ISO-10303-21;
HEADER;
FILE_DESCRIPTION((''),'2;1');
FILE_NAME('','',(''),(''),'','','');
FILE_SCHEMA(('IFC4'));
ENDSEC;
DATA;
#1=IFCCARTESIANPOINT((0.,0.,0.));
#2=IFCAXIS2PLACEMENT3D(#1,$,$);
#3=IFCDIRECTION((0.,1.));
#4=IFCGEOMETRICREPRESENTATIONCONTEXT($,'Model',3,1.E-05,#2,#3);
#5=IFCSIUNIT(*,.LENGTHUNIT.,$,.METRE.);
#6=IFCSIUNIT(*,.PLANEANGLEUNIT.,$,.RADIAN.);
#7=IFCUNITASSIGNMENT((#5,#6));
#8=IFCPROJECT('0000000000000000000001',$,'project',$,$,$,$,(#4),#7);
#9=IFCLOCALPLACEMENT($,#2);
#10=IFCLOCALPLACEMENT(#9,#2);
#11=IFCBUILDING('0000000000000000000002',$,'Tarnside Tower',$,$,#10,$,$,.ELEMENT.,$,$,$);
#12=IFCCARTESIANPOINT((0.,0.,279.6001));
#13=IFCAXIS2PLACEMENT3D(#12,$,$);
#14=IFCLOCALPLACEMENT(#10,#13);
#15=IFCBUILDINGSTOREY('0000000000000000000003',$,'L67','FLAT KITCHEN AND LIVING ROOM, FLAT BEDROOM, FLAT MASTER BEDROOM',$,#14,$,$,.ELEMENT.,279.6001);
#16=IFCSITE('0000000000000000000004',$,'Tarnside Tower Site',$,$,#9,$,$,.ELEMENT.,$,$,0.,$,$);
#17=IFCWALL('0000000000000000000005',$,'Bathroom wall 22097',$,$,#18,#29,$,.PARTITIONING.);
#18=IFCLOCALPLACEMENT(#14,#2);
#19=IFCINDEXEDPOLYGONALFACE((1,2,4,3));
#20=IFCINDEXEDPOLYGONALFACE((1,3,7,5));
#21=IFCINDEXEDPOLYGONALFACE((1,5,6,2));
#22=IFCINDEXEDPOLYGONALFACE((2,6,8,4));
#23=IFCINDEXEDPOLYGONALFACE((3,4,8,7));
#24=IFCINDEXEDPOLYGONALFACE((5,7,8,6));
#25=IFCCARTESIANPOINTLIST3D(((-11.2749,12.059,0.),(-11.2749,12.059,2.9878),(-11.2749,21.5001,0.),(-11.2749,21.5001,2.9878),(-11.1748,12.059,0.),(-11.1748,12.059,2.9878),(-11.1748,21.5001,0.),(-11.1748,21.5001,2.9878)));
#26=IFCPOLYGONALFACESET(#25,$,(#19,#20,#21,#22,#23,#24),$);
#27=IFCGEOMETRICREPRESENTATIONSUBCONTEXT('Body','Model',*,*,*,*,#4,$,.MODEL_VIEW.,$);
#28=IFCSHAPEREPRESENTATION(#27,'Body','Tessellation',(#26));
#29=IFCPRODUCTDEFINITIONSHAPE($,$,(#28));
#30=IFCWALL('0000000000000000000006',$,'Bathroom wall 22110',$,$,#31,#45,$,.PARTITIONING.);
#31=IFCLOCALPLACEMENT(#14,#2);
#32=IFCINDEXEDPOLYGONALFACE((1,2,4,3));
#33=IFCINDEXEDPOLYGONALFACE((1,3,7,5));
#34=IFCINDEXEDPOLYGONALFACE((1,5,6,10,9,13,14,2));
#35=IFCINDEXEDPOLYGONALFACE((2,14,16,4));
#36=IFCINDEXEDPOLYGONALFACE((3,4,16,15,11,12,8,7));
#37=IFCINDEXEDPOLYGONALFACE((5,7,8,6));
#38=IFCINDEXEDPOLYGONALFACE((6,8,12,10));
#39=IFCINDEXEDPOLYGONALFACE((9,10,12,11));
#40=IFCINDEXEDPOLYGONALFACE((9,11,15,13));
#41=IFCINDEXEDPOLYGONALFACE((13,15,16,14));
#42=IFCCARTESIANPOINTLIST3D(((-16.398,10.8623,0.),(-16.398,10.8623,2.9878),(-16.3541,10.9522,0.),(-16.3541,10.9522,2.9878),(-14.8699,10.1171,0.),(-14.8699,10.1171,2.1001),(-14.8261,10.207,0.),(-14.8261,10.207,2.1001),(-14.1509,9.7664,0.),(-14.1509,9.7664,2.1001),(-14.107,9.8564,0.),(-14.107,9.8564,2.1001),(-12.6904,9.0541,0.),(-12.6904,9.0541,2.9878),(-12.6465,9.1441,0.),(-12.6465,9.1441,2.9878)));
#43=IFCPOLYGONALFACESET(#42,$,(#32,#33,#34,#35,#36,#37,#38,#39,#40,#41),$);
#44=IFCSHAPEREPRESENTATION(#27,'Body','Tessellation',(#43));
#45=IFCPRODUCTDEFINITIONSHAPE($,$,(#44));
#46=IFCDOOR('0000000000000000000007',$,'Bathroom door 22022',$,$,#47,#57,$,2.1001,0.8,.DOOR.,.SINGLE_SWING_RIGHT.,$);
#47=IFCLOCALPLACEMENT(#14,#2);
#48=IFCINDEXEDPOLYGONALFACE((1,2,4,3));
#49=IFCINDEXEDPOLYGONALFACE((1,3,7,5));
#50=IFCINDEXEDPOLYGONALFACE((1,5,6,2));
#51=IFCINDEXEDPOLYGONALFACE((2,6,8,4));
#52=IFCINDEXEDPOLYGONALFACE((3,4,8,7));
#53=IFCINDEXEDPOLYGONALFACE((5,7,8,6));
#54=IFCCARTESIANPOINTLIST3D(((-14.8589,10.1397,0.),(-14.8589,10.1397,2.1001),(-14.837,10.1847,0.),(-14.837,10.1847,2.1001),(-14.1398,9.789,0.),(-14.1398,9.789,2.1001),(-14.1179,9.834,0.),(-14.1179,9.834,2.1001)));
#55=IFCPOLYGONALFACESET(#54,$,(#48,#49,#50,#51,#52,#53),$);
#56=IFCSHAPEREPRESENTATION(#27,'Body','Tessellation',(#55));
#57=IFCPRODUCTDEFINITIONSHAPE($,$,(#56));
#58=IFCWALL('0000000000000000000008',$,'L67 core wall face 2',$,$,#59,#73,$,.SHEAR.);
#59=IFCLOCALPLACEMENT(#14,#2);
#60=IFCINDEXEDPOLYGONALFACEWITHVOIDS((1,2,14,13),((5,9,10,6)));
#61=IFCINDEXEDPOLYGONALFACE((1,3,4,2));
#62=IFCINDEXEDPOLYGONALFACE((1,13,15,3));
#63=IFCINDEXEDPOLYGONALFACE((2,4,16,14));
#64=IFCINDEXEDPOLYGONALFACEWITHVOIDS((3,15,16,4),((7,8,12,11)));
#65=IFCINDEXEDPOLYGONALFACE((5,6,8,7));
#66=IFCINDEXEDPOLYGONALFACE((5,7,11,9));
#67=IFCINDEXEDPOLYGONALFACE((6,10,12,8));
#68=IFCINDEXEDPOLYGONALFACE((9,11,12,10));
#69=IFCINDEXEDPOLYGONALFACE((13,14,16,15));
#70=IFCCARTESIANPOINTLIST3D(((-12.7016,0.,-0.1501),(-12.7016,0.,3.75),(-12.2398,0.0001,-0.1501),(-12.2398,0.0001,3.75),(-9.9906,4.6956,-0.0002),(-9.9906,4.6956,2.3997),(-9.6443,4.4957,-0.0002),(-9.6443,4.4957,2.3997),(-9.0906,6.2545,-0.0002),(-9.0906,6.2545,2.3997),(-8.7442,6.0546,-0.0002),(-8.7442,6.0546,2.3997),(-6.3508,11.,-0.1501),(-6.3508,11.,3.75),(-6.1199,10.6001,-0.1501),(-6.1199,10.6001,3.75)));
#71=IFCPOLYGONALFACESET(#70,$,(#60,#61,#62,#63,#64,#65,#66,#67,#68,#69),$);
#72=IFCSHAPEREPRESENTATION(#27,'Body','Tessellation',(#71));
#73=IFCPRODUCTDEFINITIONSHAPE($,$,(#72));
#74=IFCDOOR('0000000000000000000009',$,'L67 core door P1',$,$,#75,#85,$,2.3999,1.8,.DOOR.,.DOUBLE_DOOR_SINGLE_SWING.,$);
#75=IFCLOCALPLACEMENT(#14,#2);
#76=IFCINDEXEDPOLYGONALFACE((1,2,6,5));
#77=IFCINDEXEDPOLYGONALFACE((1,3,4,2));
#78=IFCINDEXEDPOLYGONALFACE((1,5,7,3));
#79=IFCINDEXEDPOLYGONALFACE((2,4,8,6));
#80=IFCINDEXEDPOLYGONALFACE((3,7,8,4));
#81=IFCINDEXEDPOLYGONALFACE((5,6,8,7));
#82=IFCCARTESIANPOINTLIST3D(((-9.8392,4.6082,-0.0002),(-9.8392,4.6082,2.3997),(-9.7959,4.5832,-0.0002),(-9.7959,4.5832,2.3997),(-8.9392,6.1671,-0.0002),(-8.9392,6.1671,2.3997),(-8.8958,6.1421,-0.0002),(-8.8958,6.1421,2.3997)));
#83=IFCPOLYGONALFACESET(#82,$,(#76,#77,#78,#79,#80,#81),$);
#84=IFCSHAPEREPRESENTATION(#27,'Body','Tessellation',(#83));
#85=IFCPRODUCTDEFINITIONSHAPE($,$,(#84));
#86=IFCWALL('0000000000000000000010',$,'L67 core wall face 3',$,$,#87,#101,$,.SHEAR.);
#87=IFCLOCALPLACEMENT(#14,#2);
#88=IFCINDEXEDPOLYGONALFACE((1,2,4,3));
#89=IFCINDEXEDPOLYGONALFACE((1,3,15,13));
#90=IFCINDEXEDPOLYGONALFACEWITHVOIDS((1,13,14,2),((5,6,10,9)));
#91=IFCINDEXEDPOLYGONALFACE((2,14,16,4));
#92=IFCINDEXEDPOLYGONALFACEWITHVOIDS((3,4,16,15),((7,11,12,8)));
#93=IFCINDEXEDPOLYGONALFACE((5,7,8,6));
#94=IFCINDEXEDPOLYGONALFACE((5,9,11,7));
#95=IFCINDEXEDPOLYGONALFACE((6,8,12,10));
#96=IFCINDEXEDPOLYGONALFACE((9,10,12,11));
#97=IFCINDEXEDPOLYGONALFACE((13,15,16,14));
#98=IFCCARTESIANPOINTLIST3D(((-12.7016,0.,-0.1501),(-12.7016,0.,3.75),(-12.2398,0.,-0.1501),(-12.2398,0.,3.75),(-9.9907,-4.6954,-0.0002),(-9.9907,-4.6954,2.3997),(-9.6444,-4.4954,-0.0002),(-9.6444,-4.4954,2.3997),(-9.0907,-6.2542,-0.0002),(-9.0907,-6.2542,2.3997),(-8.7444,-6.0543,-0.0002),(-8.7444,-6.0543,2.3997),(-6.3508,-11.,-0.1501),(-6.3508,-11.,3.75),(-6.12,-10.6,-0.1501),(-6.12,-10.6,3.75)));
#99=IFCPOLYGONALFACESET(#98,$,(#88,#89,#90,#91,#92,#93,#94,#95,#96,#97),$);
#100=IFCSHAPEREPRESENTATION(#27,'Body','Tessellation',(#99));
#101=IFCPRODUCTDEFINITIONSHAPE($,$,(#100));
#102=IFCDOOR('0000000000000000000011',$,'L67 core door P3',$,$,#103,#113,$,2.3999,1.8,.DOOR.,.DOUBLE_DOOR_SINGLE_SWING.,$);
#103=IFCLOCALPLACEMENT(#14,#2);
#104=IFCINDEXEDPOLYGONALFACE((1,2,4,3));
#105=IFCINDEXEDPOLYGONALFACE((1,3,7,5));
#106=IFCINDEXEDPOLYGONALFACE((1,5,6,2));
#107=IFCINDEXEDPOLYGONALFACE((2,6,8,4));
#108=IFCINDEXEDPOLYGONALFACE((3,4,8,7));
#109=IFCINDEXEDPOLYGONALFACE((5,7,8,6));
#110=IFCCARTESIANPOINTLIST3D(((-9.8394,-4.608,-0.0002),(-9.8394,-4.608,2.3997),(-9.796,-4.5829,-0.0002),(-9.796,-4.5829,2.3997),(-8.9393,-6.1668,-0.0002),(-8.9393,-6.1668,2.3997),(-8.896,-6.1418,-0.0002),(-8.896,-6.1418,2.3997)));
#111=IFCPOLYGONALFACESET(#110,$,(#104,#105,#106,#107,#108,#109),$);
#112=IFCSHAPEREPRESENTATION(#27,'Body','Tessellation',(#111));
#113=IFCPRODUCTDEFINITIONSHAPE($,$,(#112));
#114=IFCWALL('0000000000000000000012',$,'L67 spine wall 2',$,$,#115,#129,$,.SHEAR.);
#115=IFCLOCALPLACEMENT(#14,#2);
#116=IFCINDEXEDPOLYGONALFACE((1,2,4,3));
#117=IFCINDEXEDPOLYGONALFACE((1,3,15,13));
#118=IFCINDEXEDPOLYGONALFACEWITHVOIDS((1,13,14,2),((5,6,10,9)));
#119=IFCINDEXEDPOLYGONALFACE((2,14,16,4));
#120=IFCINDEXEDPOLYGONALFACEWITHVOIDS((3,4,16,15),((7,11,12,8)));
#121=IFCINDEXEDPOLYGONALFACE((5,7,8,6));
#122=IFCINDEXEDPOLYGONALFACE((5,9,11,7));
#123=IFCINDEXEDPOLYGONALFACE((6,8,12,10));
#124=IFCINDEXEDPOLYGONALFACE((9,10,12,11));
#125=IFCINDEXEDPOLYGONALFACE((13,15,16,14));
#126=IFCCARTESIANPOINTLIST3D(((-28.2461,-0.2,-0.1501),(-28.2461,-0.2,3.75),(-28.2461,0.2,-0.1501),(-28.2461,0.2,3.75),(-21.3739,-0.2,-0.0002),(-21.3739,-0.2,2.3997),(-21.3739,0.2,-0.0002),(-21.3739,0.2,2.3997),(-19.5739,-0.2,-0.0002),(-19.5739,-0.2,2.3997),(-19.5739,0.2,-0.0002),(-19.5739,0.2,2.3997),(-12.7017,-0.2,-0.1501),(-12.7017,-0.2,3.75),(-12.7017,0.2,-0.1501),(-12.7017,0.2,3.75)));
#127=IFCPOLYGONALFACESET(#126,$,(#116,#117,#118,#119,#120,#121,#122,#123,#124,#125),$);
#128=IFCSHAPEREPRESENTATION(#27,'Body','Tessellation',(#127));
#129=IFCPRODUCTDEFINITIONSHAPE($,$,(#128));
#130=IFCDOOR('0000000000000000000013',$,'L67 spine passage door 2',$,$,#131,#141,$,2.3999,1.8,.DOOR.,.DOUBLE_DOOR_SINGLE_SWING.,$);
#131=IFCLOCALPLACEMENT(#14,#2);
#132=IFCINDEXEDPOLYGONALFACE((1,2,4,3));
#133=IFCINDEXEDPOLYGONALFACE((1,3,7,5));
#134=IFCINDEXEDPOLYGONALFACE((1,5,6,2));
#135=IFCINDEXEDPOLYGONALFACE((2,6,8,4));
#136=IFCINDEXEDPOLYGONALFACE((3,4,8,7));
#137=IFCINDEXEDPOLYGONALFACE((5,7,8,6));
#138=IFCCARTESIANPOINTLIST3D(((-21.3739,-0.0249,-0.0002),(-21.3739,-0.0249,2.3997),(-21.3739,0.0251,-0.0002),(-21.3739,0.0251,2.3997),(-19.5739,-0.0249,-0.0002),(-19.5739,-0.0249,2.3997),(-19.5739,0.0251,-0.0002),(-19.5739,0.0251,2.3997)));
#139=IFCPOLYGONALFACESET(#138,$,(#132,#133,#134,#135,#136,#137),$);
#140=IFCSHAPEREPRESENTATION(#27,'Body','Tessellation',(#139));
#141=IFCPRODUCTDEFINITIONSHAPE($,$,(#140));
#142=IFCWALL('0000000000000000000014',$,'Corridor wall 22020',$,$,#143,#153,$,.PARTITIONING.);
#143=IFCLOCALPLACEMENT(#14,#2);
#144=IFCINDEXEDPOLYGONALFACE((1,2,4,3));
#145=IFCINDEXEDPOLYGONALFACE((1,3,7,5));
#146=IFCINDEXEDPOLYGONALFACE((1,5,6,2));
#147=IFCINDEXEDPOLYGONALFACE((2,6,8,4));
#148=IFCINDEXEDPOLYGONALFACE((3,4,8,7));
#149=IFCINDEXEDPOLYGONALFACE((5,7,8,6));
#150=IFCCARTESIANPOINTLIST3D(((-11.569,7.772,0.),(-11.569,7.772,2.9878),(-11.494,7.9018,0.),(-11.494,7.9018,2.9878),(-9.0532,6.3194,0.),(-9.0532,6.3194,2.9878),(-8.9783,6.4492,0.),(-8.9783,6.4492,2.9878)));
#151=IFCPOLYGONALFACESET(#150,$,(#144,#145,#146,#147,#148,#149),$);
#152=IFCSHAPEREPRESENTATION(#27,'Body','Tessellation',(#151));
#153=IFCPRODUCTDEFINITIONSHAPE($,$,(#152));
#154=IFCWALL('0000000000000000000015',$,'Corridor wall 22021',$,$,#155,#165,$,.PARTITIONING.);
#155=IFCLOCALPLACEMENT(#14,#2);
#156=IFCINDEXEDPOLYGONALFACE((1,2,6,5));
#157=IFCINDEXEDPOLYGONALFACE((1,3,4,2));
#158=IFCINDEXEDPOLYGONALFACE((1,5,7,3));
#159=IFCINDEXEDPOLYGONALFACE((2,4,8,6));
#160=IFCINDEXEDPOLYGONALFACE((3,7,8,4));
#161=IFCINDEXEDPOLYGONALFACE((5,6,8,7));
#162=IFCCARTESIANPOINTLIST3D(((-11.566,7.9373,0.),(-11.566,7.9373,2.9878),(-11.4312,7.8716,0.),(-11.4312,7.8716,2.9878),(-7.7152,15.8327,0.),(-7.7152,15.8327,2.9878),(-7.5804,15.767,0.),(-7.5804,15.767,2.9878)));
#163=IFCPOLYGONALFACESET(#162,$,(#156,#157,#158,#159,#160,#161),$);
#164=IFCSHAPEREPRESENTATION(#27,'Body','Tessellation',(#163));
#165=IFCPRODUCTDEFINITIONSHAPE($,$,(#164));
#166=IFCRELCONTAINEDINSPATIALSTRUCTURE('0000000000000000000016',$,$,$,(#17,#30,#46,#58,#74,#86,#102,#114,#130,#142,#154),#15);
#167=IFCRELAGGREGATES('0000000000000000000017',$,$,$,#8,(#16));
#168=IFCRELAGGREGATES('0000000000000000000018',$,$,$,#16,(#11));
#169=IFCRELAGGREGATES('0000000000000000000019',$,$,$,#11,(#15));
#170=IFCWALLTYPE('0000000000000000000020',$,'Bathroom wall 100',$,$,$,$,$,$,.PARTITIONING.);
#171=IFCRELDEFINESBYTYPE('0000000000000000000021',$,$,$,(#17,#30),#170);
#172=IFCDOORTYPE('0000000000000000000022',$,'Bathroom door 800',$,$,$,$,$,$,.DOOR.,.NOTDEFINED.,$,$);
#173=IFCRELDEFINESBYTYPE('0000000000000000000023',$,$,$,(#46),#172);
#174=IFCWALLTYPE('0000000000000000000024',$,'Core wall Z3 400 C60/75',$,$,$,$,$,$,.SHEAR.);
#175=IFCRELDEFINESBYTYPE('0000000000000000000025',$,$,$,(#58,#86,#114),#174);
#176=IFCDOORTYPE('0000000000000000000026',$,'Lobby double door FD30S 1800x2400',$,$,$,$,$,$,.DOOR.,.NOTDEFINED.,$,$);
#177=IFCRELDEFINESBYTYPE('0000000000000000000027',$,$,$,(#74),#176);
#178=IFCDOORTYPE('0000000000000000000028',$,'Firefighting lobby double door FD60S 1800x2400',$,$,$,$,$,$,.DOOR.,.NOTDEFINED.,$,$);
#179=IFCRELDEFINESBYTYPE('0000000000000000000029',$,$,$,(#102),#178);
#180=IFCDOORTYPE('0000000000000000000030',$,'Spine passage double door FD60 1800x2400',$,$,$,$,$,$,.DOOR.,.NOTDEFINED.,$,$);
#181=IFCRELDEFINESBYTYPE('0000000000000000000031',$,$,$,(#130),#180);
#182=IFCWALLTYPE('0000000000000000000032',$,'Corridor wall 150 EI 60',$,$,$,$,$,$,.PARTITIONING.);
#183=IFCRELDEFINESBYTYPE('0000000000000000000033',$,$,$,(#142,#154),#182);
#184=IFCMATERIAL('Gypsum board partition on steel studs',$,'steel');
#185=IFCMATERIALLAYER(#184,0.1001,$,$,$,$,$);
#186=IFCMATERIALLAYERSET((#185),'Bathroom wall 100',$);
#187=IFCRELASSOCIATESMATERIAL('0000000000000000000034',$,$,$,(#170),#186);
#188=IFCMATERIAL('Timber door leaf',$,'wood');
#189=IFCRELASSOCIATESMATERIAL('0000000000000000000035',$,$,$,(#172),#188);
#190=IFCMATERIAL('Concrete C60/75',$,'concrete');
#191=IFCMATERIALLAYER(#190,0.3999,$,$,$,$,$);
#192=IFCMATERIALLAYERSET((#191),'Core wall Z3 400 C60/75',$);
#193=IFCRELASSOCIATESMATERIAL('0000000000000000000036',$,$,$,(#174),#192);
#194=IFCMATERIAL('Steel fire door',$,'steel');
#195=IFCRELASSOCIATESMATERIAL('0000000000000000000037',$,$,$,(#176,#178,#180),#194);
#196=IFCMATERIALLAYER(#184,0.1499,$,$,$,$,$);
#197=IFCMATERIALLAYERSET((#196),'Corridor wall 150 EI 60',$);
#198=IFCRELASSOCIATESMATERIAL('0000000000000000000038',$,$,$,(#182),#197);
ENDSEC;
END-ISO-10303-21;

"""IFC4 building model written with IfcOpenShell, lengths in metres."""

from ifc_helpers import new_model, si_unit, direction, frame, frame_2d, origin, place, context, subcontext, project, spatial, polyline, rectangle, outline, extrude, material, layer, layer_set, type_object, element, fill, save


model = new_model("IFC4")

# Units and contexts
model_context = context("Model", 3, precision=1e-05, world=origin(), true_north=direction((0.0, 1.0)))
body_context = subcontext(model_context, "Body", "Model", "MODEL_VIEW")
ifc_project = project(units=[si_unit("LENGTHUNIT", "METRE"), si_unit("PLANEANGLEUNIT", "RADIAN")], contexts=[model_context])

# Site, building, storey
site_placement = place(None, origin())
site = spatial("IfcSite", under=ifc_project, at=site_placement, Name="Tarnside Tower Site", CompositionType="ELEMENT", RefElevation=0.0)
building_placement = place(site_placement, origin())
building = spatial("IfcBuilding", under=site, at=building_placement, Name="Tarnside Tower", CompositionType="ELEMENT")
storey_placement = place(building_placement, frame((0.0, 0.0, 279.6001)))
storey = spatial("IfcBuildingStorey", under=building, at=storey_placement, Name="L67", Description="FLAT KITCHEN AND LIVING ROOM, FLAT BEDROOM, FLAT MASTER BEDROOM", CompositionType="ELEMENT", Elevation=279.6001)

# Wall
ifc_material_1 = material(Name="Gypsum board partition on steel studs", Category="steel")
ifc_layer_1 = layer(ifc_material_1, 0.1001)
ifc_layer_set_1 = layer_set([ifc_layer_1], Name="Bathroom wall 100")
wall_type_1 = type_object("IfcWallType", Name="Bathroom wall 100", PredefinedType="PARTITIONING", material=ifc_layer_set_1)
wall_1_placement = place(storey_placement, frame((-11.2249, 12.0588, 0.0), z_axis=(0.0, 0.0, 1.0), x_axis=(0.0, 1.0, 0.0)))
element("IfcWall", 1, at=wall_1_placement, inside=storey, type_object=wall_type_1, Name="Bathroom wall 22097", PredefinedType="PARTITIONING", context=body_context, shape_type="SweptSolid", body=[
    extrude(rectangle(XDim=9.4412, YDim=0.1001, at=frame_2d((4.7207, 0.0))), origin(), (0.0, 0.0, 1.0), 2.9878),
])

# Walls, openings, doors
wall_2_placement = place(storey_placement, frame((-12.6685, 9.0991, 0.0), z_axis=(0.0, 0.0, 1.0), x_axis=(-0.898811, 0.438337, 0.0)))
wall_2 = element("IfcWall", 2, at=wall_2_placement, inside=storey, type_object=wall_type_1, Name="Bathroom wall 22110", PredefinedType="PARTITIONING", context=body_context, shape_type="SweptSolid", body=[
    extrude(rectangle(XDim=4.125, YDim=0.1001, at=frame_2d((2.0625, 0.0))), origin(), (0.0, 0.0, 1.0), 2.9878),
])
opening_1_placement = place(wall_2_placement, frame((1.625, 0.0, 0.0)))
opening_1 = element("IfcOpeningElement", 3, at=opening_1_placement, cuts=wall_2, PredefinedType="OPENING", context=body_context, shape_type="SweptSolid", body=[
    extrude(rectangle(XDim=0.8, YDim=2.1001, at=frame_2d((0.3999, 1.05))), frame((0.0, 0.0601, 0.0), z_axis=(0.0, -1.0, 0.0), x_axis=(1.0, 0.0, 0.0)), (0.0, 0.0, 1.0), 0.1201),
])
ifc_material_2 = material(Name="Timber door leaf", Category="wood")
door_type_1 = type_object("IfcDoorType", Name="Bathroom door 800", OperationType="NOTDEFINED", PredefinedType="DOOR", material=ifc_material_2)
door_1_placement = place(opening_1_placement, origin())
door_1 = element("IfcDoor", 4, at=door_1_placement, inside=storey, type_object=door_type_1, Name="Bathroom door 22022", OperationType="SINGLE_SWING_RIGHT", OverallHeight=2.1001, OverallWidth=0.8, PredefinedType="DOOR", context=body_context, shape_type="SweptSolid", body=[
    extrude(rectangle(XDim=0.8, YDim=2.1001, at=frame_2d((0.3999, 1.05))), frame((0.0, 0.0249, 0.0), z_axis=(0.0, -1.0, 0.0), x_axis=(1.0, 0.0, 0.0)), (0.0, 0.0, 1.0), 0.05),
])
fill(opening_1, door_1)
ifc_material_3 = material(Name="Concrete C60/75", Category="concrete")
ifc_layer_2 = layer(ifc_material_3, 0.3999)
ifc_layer_set_2 = layer_set([ifc_layer_2], Name="Core wall Z3 400 C60/75")
wall_type_2 = type_object("IfcWallType", Name="Core wall Z3 400 C60/75", PredefinedType="SHEAR", material=ifc_layer_set_2)
wall_3_placement = place(storey_placement, frame((-6.2354, 10.8, -0.1501), z_axis=(0.0, 0.0, 1.0), x_axis=(-0.499996, -0.866027, 0.0)))
wall_3 = element("IfcWall", 5, at=wall_3_placement, inside=storey, type_object=wall_type_2, Name="L67 core wall face 2", PredefinedType="SHEAR", context=body_context, shape_type="SweptSolid", body=[
    extrude(outline(polyline([(-0.1155, -0.2), (12.5862, -0.2), (12.3552, 0.2), (0.1155, 0.2), (-0.1155, -0.2)])), origin(), (0.0, 0.0, 1.0), 3.9001),
])
opening_2_placement = place(wall_3_placement, frame((5.3643, 0.0, 0.1499)))
opening_2 = element("IfcOpeningElement", 6, at=opening_2_placement, cuts=wall_3, PredefinedType="OPENING", context=body_context, shape_type="SweptSolid", body=[
    extrude(rectangle(XDim=1.8, YDim=2.3999, at=frame_2d((0.8999, 1.2))), frame((0.0, 0.21, 0.0), z_axis=(0.0, -1.0, 0.0), x_axis=(1.0, 0.0, 0.0)), (0.0, 0.0, 1.0), 0.4199),
])
ifc_material_4 = material(Name="Steel fire door", Category="steel")
door_type_2 = type_object("IfcDoorType", Name="Lobby double door FD30S 1800x2400", OperationType="NOTDEFINED", PredefinedType="DOOR", material=ifc_material_4)
door_2_placement = place(opening_2_placement, origin())
door_2 = element("IfcDoor", 7, at=door_2_placement, inside=storey, type_object=door_type_2, Name="L67 core door P1", OperationType="DOUBLE_DOOR_SINGLE_SWING", OverallHeight=2.3999, OverallWidth=1.8, PredefinedType="DOOR", context=body_context, shape_type="SweptSolid", body=[
    extrude(rectangle(XDim=1.8, YDim=2.3999, at=frame_2d((0.8999, 1.2))), frame((0.0, 0.0249, 0.0), z_axis=(0.0, -1.0, 0.0), x_axis=(1.0, 0.0, 0.0)), (0.0, 0.0, 1.0), 0.05),
])
fill(opening_2, door_2)
wall_4_placement = place(storey_placement, frame((-12.4707, 0.0, -0.1501), z_axis=(0.0, 0.0, 1.0), x_axis=(0.499996, -0.866027, 0.0)))
wall_4 = element("IfcWall", 8, at=wall_4_placement, inside=storey, type_object=wall_type_2, Name="L67 core wall face 3", PredefinedType="SHEAR", context=body_context, shape_type="SweptSolid", body=[
    extrude(outline(polyline([(-0.1155, -0.2), (12.5862, -0.2), (12.3552, 0.2), (0.1155, 0.2), (-0.1155, -0.2)])), origin(), (0.0, 0.0, 1.0), 3.9001),
])
opening_3_placement = place(wall_4_placement, frame((5.3064, 0.0, 0.1499)))
opening_3 = element("IfcOpeningElement", 9, at=opening_3_placement, cuts=wall_4, PredefinedType="OPENING", context=body_context, shape_type="SweptSolid", body=[
    extrude(rectangle(XDim=1.8, YDim=2.3999, at=frame_2d((0.8999, 1.2))), frame((0.0, 0.21, 0.0), z_axis=(0.0, -1.0, 0.0), x_axis=(1.0, 0.0, 0.0)), (0.0, 0.0, 1.0), 0.4199),
])
door_type_3 = type_object("IfcDoorType", Name="Firefighting lobby double door FD60S 1800x2400", OperationType="NOTDEFINED", PredefinedType="DOOR", material=ifc_material_4)
door_3_placement = place(opening_3_placement, origin())
door_3 = element("IfcDoor", 10, at=door_3_placement, inside=storey, type_object=door_type_3, Name="L67 core door P3", OperationType="DOUBLE_DOOR_SINGLE_SWING", OverallHeight=2.3999, OverallWidth=1.8, PredefinedType="DOOR", context=body_context, shape_type="SweptSolid", body=[
    extrude(rectangle(XDim=1.8, YDim=2.3999, at=frame_2d((0.8999, 1.2))), frame((0.0, 0.0249, 0.0), z_axis=(0.0, -1.0, 0.0), x_axis=(1.0, 0.0, 0.0)), (0.0, 0.0, 1.0), 0.05),
])
fill(opening_3, door_3)
wall_5_placement = place(storey_placement, frame((-12.7017, 0.0, -0.1501), z_axis=(0.0, 0.0, 1.0), x_axis=(-1.0, 0.0, 0.0)))
wall_5 = element("IfcWall", 11, at=wall_5_placement, inside=storey, type_object=wall_type_2, Name="L67 spine wall 2", PredefinedType="SHEAR", context=body_context, shape_type="SweptSolid", body=[
    extrude(rectangle(XDim=15.5444, YDim=0.3999, at=frame_2d((7.7722, 0.0))), origin(), (0.0, 0.0, 1.0), 3.9001),
])
opening_4_placement = place(wall_5_placement, frame((6.8723, 0.0, 0.1499)))
opening_4 = element("IfcOpeningElement", 12, at=opening_4_placement, cuts=wall_5, PredefinedType="OPENING", context=body_context, shape_type="SweptSolid", body=[
    extrude(rectangle(XDim=1.8, YDim=2.3999, at=frame_2d((0.8999, 1.2))), frame((0.0, 0.21, 0.0), z_axis=(0.0, -1.0, 0.0), x_axis=(1.0, 0.0, 0.0)), (0.0, 0.0, 1.0), 0.4199),
])
door_type_4 = type_object("IfcDoorType", Name="Spine passage double door FD60 1800x2400", OperationType="NOTDEFINED", PredefinedType="DOOR", material=ifc_material_4)
door_4_placement = place(opening_4_placement, origin())
door_4 = element("IfcDoor", 13, at=door_4_placement, inside=storey, type_object=door_type_4, Name="L67 spine passage door 2", OperationType="DOUBLE_DOOR_SINGLE_SWING", OverallHeight=2.3999, OverallWidth=1.8, PredefinedType="DOOR", context=body_context, shape_type="SweptSolid", body=[
    extrude(rectangle(XDim=1.8, YDim=2.3999, at=frame_2d((0.8999, 1.2))), frame((0.0, 0.0249, 0.0), z_axis=(0.0, -1.0, 0.0), x_axis=(1.0, 0.0, 0.0)), (0.0, 0.0, 1.0), 0.05),
])
fill(opening_4, door_4)

# Walls
ifc_layer_3 = layer(ifc_material_1, 0.1499)
ifc_layer_set_3 = layer_set([ifc_layer_3], Name="Corridor wall 150 EI 60")
wall_type_3 = type_object("IfcWallType", Name="Corridor wall 150 EI 60", PredefinedType="PARTITIONING", material=ifc_layer_set_3)
wall_6_placement = place(storey_placement, frame((-9.0156, 6.3843, 0.0), z_axis=(0.0, 0.0, 1.0), x_axis=(-0.866011, 0.500026, 0.0)))
element("IfcWall", 14, at=wall_6_placement, inside=storey, type_object=wall_type_3, Name="Corridor wall 22020", PredefinedType="PARTITIONING", context=body_context, shape_type="SweptSolid", body=[
    extrude(rectangle(XDim=2.905, YDim=0.1499, at=frame_2d((1.4526, 0.0))), origin(), (0.0, 0.0, 1.0), 2.9878),
])
wall_7_placement = place(storey_placement, frame((-11.4985, 7.9045, 0.0), z_axis=(0.0, 0.0, 1.0), x_axis=(0.438365, 0.898797, 0.0)))
element("IfcWall", 15, at=wall_7_placement, inside=storey, type_object=wall_type_3, Name="Corridor wall 22021", PredefinedType="PARTITIONING", context=body_context, shape_type="SweptSolid", body=[
    extrude(rectangle(XDim=8.7844, YDim=0.1499, at=frame_2d((4.3921, 0.0))), origin(), (0.0, 0.0, 1.0), 2.9878),
])

save(model, "model.ifc")
